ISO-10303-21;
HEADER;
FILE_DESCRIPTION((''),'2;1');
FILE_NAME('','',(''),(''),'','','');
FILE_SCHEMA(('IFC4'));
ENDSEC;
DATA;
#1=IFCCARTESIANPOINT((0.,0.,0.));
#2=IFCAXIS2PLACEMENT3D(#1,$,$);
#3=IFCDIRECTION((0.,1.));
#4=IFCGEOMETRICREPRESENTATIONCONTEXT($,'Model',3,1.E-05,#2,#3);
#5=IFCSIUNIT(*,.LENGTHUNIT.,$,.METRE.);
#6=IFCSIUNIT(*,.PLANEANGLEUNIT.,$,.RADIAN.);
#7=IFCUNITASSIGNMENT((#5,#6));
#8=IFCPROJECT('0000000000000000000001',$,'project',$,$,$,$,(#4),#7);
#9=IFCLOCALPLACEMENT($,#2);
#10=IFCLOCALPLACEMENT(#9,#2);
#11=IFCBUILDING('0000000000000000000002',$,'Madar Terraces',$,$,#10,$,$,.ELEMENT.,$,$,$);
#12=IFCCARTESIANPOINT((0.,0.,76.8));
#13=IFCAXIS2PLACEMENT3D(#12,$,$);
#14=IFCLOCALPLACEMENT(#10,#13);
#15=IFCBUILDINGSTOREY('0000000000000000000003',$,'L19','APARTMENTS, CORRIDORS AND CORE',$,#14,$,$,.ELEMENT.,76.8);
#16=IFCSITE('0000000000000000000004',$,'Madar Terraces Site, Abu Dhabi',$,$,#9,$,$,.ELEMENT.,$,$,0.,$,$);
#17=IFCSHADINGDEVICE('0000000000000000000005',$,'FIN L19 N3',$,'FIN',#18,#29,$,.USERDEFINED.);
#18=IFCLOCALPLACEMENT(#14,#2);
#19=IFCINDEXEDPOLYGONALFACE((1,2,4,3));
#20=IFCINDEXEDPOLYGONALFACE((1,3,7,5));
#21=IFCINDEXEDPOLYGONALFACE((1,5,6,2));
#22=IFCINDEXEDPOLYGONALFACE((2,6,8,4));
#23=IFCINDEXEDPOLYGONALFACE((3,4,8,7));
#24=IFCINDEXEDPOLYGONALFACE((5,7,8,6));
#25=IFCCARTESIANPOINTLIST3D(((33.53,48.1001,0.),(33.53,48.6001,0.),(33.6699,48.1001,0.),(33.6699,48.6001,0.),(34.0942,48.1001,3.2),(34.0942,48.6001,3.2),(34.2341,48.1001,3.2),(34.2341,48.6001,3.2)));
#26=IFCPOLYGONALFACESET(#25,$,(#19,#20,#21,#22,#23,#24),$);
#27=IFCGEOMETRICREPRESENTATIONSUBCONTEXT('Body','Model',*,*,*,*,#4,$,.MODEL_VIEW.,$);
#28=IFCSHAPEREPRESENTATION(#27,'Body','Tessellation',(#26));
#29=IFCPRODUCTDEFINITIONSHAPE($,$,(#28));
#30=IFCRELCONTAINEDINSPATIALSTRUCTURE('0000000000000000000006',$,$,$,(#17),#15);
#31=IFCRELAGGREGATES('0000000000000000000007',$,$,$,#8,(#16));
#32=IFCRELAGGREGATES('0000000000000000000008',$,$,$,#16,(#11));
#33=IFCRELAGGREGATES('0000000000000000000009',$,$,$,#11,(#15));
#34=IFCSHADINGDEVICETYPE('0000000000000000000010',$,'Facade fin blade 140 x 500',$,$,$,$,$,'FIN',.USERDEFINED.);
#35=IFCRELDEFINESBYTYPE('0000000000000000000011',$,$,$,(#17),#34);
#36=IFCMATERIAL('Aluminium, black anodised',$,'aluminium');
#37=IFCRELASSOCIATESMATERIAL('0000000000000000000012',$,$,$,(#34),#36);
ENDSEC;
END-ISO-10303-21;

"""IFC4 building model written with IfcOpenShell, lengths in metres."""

from ifc_helpers import new_model, si_unit, direction, frame, origin, place, context, subcontext, project, spatial, polyline, outline, extrude, material, type_object, element, save


model = new_model("IFC4")

# Units and contexts
model_context = context("Model", 3, precision=1e-05, world=origin(), true_north=direction((0.0, 1.0)))
body_context = subcontext(model_context, "Body", "Model", "MODEL_VIEW")
ifc_project = project(units=[si_unit("LENGTHUNIT", "METRE"), si_unit("PLANEANGLEUNIT", "RADIAN")], contexts=[model_context])

# Site, building, storey
site_placement = place(None, origin())
site = spatial("IfcSite", under=ifc_project, at=site_placement, Name="Madar Terraces Site, Abu Dhabi", CompositionType="ELEMENT", RefElevation=0.0)
building_placement = place(site_placement, origin())
building = spatial("IfcBuilding", under=site, at=building_placement, Name="Madar Terraces", CompositionType="ELEMENT")
storey_placement = place(building_placement, frame((0.0, 0.0, 76.8)))
storey = spatial("IfcBuildingStorey", under=building, at=storey_placement, Name="L19", Description="APARTMENTS, CORRIDORS AND CORE", CompositionType="ELEMENT", Elevation=76.8)

# Shading device
ifc_material_1 = material(Name="Aluminium, black anodised", Category="aluminium")
shading_device_type = type_object("IfcShadingDeviceType", Name="Facade fin blade 140 x 500", ElementType="FIN", PredefinedType="USERDEFINED", material=ifc_material_1)
shading_device_placement = place(storey_placement, frame((33.6699, 48.3501, 0.0), z_axis=(0.0, 0.0, 1.0), x_axis=(-1.0, 0.0, 0.0)))
element("IfcShadingDevice", 1, at=shading_device_placement, inside=storey, type_object=shading_device_type, Name="FIN L19 N3", ObjectType="FIN", PredefinedType="USERDEFINED", context=body_context, shape_type="SweptSolid", body=[
    extrude(outline(polyline([(0.0, 0.0), (0.1399, 0.0), (-0.4243, 3.2), (-0.5642, 3.2), (0.0, 0.0)])), frame((0.0, 0.25, 0.0), z_axis=(0.0, -1.0, 0.0), x_axis=(1.0, 0.0, 0.0)), (0.0, 0.0, 1.0), 0.5),
])

save(model, "model.ifc")
